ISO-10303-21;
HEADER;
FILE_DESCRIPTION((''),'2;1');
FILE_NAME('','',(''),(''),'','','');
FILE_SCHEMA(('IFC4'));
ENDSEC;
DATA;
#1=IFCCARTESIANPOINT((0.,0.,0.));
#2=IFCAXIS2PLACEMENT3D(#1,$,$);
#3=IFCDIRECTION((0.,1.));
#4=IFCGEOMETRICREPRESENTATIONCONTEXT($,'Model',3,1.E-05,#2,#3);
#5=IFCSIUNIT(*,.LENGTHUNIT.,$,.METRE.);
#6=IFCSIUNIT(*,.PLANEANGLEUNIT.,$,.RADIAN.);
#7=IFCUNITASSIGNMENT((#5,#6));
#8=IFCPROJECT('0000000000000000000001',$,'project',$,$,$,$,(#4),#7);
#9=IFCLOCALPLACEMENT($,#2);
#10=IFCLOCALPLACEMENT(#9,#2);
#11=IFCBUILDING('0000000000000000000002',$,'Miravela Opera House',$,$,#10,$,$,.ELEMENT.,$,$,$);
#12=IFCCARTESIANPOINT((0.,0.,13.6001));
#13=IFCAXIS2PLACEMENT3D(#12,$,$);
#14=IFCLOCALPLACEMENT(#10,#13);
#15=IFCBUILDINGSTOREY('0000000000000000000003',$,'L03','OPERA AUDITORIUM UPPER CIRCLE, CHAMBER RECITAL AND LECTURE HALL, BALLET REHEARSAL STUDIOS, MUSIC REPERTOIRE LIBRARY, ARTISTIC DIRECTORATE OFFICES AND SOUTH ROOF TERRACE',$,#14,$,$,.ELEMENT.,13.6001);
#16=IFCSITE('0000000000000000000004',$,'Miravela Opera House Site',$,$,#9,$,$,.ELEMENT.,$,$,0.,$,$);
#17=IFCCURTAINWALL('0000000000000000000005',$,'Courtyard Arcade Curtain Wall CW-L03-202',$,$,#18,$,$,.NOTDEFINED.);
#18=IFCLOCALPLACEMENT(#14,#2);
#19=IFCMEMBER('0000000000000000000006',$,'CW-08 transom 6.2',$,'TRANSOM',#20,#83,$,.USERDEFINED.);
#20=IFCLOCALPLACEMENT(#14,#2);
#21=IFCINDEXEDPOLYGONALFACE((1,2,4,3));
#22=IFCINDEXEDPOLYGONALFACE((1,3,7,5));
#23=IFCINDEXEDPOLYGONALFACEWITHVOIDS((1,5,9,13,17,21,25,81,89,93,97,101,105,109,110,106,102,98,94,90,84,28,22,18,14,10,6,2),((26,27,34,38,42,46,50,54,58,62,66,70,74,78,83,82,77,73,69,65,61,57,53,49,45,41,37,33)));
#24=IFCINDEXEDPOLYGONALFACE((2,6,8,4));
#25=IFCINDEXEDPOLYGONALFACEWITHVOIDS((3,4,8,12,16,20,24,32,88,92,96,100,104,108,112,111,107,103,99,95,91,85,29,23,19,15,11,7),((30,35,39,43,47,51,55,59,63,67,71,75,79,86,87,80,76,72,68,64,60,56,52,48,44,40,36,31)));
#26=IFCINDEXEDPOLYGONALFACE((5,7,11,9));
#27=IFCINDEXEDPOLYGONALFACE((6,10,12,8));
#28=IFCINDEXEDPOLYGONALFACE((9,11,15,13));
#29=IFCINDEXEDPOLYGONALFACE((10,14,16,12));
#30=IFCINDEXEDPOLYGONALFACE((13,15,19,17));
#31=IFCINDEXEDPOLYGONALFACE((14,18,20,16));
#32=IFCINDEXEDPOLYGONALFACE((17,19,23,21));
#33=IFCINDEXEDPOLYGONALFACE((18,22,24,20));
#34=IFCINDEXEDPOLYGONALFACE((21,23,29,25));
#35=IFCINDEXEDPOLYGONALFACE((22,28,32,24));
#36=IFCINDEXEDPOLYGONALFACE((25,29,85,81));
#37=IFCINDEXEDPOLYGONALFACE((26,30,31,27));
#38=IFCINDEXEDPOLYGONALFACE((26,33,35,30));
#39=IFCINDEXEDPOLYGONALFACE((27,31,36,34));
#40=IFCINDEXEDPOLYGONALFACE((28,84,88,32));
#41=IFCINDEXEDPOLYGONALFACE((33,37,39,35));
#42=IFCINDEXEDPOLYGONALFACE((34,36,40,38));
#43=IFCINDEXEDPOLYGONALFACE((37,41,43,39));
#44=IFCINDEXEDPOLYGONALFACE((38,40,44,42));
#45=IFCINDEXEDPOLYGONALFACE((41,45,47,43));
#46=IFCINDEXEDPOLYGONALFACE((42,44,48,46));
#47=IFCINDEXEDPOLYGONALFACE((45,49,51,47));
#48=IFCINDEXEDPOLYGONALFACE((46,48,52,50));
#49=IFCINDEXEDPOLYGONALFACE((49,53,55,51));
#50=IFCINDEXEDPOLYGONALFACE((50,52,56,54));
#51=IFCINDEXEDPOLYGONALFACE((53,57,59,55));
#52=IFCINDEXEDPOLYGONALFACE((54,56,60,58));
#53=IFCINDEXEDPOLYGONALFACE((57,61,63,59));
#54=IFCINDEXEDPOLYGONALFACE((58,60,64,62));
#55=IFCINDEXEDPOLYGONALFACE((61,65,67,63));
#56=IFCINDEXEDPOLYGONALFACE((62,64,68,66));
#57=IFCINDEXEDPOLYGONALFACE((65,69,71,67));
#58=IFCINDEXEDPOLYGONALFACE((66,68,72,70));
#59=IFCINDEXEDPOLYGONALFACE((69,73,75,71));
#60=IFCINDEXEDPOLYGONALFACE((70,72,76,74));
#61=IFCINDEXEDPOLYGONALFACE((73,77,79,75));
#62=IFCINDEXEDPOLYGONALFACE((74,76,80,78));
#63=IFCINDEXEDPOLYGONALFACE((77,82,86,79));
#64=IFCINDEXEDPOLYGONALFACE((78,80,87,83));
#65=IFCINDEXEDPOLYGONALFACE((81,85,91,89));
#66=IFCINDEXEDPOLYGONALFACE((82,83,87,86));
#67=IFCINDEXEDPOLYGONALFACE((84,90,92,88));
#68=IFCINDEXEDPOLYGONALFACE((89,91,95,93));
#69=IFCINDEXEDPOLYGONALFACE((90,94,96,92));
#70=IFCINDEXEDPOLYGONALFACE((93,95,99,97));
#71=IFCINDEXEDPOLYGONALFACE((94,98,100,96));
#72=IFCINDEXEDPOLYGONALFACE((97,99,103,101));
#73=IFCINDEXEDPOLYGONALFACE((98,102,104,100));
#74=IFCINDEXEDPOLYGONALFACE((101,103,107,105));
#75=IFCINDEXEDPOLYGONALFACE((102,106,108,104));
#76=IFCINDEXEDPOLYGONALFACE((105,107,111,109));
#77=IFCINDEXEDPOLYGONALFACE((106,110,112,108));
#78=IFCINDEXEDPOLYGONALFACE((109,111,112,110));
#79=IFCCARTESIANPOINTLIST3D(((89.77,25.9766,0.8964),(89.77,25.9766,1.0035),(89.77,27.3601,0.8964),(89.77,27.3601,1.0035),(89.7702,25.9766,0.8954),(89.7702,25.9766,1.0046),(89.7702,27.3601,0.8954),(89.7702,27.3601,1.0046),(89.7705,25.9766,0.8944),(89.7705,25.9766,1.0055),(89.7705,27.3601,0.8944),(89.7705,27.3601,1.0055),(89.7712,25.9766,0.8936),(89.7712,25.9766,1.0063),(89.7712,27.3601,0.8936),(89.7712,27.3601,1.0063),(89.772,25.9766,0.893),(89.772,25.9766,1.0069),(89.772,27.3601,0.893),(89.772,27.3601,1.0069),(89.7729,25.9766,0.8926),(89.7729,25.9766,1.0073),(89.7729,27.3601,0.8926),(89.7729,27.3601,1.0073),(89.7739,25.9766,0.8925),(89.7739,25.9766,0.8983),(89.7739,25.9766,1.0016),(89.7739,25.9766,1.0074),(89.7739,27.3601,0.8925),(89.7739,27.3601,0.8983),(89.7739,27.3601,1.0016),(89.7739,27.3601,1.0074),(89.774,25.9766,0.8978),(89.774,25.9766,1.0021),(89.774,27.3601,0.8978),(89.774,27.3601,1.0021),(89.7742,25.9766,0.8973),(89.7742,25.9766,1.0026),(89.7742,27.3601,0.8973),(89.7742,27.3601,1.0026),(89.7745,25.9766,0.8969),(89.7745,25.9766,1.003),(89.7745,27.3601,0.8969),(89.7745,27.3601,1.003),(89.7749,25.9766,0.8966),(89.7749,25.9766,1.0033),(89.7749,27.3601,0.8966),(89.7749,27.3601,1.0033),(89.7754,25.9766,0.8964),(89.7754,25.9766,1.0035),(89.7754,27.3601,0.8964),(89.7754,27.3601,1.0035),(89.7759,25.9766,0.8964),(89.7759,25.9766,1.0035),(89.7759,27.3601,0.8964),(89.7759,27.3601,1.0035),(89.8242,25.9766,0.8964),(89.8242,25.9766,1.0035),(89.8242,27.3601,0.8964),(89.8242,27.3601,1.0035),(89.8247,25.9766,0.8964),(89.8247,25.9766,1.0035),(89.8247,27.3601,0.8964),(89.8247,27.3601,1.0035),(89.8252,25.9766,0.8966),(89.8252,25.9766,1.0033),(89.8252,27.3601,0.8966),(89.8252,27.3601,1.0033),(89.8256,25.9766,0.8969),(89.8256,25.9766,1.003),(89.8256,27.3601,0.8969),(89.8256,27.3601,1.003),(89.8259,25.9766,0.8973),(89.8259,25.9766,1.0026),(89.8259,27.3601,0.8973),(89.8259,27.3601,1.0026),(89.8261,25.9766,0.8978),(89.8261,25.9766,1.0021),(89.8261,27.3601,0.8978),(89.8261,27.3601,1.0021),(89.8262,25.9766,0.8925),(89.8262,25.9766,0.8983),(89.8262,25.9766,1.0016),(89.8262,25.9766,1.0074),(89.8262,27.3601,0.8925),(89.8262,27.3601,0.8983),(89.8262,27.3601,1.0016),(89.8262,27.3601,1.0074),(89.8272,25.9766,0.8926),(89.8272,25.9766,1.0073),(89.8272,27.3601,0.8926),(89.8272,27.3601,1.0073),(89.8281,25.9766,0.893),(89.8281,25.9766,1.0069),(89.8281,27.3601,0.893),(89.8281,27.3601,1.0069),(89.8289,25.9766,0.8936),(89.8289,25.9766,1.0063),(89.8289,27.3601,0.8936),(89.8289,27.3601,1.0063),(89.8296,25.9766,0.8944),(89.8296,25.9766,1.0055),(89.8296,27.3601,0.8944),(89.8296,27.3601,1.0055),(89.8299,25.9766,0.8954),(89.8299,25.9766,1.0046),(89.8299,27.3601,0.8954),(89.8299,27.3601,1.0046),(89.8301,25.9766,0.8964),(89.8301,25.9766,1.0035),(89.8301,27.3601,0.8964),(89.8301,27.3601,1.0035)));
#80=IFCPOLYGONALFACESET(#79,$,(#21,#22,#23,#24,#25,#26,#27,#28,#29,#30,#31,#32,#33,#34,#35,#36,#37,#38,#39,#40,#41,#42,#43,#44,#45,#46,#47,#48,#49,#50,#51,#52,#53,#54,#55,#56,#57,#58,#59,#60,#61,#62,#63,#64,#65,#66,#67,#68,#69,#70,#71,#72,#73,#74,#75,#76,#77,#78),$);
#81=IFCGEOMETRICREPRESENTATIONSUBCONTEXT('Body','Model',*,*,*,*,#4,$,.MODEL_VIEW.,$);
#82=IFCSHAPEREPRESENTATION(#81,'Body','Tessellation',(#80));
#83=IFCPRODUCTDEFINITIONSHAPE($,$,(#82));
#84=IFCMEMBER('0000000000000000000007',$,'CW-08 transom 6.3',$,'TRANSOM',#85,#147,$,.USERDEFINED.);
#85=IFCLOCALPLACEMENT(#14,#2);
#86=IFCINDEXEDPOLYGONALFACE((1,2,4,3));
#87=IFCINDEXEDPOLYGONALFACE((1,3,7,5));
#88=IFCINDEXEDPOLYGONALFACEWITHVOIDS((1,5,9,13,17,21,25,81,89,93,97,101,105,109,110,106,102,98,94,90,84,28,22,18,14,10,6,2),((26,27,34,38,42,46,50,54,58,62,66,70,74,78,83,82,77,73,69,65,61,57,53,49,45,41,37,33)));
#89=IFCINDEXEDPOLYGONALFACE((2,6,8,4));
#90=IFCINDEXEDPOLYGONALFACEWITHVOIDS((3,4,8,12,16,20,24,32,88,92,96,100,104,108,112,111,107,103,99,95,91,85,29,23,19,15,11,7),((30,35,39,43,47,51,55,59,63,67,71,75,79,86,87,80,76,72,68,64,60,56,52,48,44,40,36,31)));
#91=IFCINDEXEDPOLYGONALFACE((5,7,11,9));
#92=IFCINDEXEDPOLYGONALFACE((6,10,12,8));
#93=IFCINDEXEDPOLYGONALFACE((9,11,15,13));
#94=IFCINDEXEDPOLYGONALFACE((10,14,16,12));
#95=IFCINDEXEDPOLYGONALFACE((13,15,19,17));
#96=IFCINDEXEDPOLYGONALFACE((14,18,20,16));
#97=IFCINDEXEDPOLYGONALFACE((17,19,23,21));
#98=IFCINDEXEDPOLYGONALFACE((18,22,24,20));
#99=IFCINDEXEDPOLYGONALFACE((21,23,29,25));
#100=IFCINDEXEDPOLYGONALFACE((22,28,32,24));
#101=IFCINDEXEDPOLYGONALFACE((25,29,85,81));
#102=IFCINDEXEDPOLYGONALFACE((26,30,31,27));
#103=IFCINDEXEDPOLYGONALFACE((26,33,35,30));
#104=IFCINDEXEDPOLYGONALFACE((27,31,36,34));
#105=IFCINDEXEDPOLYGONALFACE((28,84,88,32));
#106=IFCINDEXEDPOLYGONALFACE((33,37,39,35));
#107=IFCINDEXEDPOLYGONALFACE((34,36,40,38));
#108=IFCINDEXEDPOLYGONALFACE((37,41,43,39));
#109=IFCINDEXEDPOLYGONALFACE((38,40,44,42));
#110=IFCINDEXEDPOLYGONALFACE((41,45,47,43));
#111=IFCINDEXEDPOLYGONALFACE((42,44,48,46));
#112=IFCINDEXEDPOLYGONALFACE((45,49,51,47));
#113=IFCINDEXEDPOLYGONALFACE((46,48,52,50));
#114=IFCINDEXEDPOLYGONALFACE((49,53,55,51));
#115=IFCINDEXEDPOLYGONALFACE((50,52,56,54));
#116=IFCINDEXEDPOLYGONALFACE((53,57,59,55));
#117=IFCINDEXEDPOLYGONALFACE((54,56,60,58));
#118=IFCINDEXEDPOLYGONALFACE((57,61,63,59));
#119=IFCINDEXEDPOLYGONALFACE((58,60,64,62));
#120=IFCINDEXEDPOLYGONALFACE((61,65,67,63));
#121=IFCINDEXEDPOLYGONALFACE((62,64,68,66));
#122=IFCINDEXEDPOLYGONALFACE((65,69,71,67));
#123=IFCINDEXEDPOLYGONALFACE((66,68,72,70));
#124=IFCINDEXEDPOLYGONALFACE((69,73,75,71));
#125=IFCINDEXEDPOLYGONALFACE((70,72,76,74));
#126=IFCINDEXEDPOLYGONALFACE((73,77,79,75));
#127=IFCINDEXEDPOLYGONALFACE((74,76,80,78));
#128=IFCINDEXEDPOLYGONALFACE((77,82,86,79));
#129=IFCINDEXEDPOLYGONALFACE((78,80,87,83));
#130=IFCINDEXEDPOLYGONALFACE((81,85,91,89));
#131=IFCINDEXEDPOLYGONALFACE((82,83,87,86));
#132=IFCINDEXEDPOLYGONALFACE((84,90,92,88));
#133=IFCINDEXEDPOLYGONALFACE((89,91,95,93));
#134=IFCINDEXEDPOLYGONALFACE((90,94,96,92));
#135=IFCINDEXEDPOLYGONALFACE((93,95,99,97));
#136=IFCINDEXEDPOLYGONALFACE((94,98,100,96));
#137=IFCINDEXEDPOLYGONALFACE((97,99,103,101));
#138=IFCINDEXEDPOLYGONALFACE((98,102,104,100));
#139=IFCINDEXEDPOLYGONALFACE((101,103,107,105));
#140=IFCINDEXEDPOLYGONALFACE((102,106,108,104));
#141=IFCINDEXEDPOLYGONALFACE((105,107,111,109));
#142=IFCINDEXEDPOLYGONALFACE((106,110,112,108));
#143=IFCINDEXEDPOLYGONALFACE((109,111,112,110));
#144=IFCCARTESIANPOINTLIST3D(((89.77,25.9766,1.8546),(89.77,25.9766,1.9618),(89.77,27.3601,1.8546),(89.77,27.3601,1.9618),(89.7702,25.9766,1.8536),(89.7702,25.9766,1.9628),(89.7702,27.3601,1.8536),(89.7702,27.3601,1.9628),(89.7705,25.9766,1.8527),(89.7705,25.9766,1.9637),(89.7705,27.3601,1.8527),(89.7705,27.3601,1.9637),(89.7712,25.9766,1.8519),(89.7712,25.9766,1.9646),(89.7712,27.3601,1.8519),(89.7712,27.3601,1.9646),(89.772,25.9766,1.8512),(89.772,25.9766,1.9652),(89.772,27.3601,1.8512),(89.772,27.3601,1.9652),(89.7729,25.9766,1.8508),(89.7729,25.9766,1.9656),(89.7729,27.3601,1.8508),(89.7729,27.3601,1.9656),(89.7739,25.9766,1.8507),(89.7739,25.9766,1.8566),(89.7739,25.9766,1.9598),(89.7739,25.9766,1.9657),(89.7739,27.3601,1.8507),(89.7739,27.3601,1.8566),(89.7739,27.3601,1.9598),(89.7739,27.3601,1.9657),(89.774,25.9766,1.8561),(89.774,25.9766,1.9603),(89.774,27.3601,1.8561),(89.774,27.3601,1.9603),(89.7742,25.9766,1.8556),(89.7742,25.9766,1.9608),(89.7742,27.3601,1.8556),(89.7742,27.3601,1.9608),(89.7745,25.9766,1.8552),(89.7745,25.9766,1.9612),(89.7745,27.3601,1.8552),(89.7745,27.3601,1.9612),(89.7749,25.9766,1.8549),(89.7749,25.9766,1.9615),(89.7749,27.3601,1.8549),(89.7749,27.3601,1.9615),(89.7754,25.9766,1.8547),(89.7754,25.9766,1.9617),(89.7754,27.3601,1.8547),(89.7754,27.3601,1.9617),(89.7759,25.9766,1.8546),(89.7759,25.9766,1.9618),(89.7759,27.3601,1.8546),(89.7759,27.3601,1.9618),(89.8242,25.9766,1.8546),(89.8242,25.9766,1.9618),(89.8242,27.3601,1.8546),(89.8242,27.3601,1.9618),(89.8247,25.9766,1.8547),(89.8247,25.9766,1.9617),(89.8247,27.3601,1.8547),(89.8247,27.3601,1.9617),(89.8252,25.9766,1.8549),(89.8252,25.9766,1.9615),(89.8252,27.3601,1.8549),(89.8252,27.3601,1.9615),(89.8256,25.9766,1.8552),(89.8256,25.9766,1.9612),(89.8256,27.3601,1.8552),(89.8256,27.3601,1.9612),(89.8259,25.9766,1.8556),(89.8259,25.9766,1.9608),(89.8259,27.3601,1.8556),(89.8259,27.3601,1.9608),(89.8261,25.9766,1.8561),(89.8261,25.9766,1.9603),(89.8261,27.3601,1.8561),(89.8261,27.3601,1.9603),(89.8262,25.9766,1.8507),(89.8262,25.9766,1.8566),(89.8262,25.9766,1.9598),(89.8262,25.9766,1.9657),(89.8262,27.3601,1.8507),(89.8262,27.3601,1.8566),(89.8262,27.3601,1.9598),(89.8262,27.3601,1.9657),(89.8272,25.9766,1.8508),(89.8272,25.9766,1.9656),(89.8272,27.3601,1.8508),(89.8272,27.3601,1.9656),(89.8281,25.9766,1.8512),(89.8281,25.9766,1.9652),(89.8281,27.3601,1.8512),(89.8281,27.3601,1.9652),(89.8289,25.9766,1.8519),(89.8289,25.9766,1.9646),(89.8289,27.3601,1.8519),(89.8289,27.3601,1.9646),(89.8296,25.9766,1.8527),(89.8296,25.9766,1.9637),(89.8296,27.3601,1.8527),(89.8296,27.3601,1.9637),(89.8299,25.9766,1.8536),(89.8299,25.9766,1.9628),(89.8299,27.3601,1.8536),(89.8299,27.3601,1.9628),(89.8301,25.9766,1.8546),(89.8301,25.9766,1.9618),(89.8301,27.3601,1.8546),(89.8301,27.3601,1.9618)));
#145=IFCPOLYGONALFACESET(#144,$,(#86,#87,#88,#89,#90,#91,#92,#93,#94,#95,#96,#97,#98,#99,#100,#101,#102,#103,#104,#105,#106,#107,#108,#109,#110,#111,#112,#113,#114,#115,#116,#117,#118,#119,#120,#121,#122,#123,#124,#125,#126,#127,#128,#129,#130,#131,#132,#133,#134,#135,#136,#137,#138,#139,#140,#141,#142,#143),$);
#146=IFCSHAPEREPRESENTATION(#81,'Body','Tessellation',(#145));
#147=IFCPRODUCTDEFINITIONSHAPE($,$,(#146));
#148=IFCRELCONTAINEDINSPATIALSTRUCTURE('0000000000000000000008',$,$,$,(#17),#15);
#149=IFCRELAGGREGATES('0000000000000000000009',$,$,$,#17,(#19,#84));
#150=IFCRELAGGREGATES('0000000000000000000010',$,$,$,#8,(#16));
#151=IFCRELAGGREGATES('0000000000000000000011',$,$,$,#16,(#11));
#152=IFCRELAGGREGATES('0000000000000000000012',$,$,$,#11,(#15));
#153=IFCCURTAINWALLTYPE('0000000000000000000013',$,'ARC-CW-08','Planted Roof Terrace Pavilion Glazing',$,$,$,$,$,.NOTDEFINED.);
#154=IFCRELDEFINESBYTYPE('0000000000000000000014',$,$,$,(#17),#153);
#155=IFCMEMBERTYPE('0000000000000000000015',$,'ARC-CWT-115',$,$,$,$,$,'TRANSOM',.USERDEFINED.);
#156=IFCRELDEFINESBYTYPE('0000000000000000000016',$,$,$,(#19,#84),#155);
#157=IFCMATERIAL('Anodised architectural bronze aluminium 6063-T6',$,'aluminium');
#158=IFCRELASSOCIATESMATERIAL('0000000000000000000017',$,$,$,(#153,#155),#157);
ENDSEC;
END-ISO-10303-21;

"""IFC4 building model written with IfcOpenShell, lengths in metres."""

from ifc_helpers import new_model, si_unit, direction, frame, origin, origin_2d, place, context, subcontext, project, spatial, hollow_rectangle, extrude, material, material_profile, profile_set, type_object, element, aggregate, save


model = new_model("IFC4")

# Units and contexts
model_context = context("Model", 3, precision=1e-05, world=origin(), true_north=direction((0.0, 1.0)))
body_context = subcontext(model_context, "Body", "Model", "MODEL_VIEW")
ifc_project = project(units=[si_unit("LENGTHUNIT", "METRE"), si_unit("PLANEANGLEUNIT", "RADIAN")], contexts=[model_context])

# Site, building, storey
site_placement = place(None, origin())
site = spatial("IfcSite", under=ifc_project, at=site_placement, Name="Miravela Opera House Site", CompositionType="ELEMENT", RefElevation=0.0)
building_placement = place(site_placement, origin())
building = spatial("IfcBuilding", under=site, at=building_placement, Name="Miravela Opera House", CompositionType="ELEMENT")
storey_placement = place(building_placement, frame((0.0, 0.0, 13.6001)))
storey = spatial("IfcBuildingStorey", under=building, at=storey_placement, Name="L03", Description="OPERA AUDITORIUM UPPER CIRCLE, CHAMBER RECITAL AND LECTURE HALL, BALLET REHEARSAL STUDIOS, MUSIC REPERTOIRE LIBRARY, ARTISTIC DIRECTORATE OFFICES AND SOUTH ROOF TERRACE", CompositionType="ELEMENT", Elevation=13.6001)

# Curtain wall
ifc_material_1 = material(Name="Anodised architectural bronze aluminium 6063-T6", Category="aluminium")
curtain_wall_type = type_object("IfcCurtainWallType", Name="ARC-CW-08", Description="Planted Roof Terrace Pavilion Glazing", PredefinedType="NOTDEFINED", material=ifc_material_1)
curtain_wall_1_placement = place(storey_placement, origin())
curtain_wall_1 = element("IfcCurtainWall", 1, at=curtain_wall_1_placement, inside=storey, type_object=curtain_wall_type, Name="Courtyard Arcade Curtain Wall CW-L03-202", PredefinedType="NOTDEFINED")

# Members
ifc_material_profile_1 = material_profile(ifc_material_1, hollow_rectangle(XDim=0.0601, YDim=0.115, WallThickness=0.0039, InnerFilletRadius=0.002, OuterFilletRadius=0.0039, at=origin_2d()), Name="CWT-60X115")
ifc_profile_set_1 = profile_set([ifc_material_profile_1])
member_type_1 = type_object("IfcMemberType", Name="ARC-CWT-115", ElementType="TRANSOM", PredefinedType="USERDEFINED", material=ifc_profile_set_1)
member_1_placement = place(storey_placement, frame((89.8, 25.9766, 0.95), z_axis=(0.0, 1.0, 0.0), x_axis=(-1.0, 0.0, 0.0)))
member_1 = element("IfcMember", 2, at=member_1_placement, type_object=member_type_1, Name="CW-08 transom 6.2", ObjectType="TRANSOM", PredefinedType="USERDEFINED", context=body_context, shape_type="SweptSolid", body=[
    extrude(hollow_rectangle(XDim=0.0601, YDim=0.115, WallThickness=0.0039, InnerFilletRadius=0.002, OuterFilletRadius=0.0039, at=origin_2d()), origin(), (0.0, 0.0, 1.0), 1.3835),
])
member_2_placement = place(storey_placement, frame((89.8, 25.9766, 1.9082), z_axis=(0.0, 1.0, 0.0), x_axis=(-1.0, 0.0, 0.0)))
member_2 = element("IfcMember", 3, at=member_2_placement, type_object=member_type_1, Name="CW-08 transom 6.3", ObjectType="TRANSOM", PredefinedType="USERDEFINED", context=body_context, shape_type="SweptSolid", body=[
    extrude(hollow_rectangle(XDim=0.0601, YDim=0.115, WallThickness=0.0039, InnerFilletRadius=0.002, OuterFilletRadius=0.0039, at=origin_2d()), origin(), (0.0, 0.0, 1.0), 1.3835),
])

aggregate(curtain_wall_1, [member_1, member_2])

save(model, "model.ifc")
